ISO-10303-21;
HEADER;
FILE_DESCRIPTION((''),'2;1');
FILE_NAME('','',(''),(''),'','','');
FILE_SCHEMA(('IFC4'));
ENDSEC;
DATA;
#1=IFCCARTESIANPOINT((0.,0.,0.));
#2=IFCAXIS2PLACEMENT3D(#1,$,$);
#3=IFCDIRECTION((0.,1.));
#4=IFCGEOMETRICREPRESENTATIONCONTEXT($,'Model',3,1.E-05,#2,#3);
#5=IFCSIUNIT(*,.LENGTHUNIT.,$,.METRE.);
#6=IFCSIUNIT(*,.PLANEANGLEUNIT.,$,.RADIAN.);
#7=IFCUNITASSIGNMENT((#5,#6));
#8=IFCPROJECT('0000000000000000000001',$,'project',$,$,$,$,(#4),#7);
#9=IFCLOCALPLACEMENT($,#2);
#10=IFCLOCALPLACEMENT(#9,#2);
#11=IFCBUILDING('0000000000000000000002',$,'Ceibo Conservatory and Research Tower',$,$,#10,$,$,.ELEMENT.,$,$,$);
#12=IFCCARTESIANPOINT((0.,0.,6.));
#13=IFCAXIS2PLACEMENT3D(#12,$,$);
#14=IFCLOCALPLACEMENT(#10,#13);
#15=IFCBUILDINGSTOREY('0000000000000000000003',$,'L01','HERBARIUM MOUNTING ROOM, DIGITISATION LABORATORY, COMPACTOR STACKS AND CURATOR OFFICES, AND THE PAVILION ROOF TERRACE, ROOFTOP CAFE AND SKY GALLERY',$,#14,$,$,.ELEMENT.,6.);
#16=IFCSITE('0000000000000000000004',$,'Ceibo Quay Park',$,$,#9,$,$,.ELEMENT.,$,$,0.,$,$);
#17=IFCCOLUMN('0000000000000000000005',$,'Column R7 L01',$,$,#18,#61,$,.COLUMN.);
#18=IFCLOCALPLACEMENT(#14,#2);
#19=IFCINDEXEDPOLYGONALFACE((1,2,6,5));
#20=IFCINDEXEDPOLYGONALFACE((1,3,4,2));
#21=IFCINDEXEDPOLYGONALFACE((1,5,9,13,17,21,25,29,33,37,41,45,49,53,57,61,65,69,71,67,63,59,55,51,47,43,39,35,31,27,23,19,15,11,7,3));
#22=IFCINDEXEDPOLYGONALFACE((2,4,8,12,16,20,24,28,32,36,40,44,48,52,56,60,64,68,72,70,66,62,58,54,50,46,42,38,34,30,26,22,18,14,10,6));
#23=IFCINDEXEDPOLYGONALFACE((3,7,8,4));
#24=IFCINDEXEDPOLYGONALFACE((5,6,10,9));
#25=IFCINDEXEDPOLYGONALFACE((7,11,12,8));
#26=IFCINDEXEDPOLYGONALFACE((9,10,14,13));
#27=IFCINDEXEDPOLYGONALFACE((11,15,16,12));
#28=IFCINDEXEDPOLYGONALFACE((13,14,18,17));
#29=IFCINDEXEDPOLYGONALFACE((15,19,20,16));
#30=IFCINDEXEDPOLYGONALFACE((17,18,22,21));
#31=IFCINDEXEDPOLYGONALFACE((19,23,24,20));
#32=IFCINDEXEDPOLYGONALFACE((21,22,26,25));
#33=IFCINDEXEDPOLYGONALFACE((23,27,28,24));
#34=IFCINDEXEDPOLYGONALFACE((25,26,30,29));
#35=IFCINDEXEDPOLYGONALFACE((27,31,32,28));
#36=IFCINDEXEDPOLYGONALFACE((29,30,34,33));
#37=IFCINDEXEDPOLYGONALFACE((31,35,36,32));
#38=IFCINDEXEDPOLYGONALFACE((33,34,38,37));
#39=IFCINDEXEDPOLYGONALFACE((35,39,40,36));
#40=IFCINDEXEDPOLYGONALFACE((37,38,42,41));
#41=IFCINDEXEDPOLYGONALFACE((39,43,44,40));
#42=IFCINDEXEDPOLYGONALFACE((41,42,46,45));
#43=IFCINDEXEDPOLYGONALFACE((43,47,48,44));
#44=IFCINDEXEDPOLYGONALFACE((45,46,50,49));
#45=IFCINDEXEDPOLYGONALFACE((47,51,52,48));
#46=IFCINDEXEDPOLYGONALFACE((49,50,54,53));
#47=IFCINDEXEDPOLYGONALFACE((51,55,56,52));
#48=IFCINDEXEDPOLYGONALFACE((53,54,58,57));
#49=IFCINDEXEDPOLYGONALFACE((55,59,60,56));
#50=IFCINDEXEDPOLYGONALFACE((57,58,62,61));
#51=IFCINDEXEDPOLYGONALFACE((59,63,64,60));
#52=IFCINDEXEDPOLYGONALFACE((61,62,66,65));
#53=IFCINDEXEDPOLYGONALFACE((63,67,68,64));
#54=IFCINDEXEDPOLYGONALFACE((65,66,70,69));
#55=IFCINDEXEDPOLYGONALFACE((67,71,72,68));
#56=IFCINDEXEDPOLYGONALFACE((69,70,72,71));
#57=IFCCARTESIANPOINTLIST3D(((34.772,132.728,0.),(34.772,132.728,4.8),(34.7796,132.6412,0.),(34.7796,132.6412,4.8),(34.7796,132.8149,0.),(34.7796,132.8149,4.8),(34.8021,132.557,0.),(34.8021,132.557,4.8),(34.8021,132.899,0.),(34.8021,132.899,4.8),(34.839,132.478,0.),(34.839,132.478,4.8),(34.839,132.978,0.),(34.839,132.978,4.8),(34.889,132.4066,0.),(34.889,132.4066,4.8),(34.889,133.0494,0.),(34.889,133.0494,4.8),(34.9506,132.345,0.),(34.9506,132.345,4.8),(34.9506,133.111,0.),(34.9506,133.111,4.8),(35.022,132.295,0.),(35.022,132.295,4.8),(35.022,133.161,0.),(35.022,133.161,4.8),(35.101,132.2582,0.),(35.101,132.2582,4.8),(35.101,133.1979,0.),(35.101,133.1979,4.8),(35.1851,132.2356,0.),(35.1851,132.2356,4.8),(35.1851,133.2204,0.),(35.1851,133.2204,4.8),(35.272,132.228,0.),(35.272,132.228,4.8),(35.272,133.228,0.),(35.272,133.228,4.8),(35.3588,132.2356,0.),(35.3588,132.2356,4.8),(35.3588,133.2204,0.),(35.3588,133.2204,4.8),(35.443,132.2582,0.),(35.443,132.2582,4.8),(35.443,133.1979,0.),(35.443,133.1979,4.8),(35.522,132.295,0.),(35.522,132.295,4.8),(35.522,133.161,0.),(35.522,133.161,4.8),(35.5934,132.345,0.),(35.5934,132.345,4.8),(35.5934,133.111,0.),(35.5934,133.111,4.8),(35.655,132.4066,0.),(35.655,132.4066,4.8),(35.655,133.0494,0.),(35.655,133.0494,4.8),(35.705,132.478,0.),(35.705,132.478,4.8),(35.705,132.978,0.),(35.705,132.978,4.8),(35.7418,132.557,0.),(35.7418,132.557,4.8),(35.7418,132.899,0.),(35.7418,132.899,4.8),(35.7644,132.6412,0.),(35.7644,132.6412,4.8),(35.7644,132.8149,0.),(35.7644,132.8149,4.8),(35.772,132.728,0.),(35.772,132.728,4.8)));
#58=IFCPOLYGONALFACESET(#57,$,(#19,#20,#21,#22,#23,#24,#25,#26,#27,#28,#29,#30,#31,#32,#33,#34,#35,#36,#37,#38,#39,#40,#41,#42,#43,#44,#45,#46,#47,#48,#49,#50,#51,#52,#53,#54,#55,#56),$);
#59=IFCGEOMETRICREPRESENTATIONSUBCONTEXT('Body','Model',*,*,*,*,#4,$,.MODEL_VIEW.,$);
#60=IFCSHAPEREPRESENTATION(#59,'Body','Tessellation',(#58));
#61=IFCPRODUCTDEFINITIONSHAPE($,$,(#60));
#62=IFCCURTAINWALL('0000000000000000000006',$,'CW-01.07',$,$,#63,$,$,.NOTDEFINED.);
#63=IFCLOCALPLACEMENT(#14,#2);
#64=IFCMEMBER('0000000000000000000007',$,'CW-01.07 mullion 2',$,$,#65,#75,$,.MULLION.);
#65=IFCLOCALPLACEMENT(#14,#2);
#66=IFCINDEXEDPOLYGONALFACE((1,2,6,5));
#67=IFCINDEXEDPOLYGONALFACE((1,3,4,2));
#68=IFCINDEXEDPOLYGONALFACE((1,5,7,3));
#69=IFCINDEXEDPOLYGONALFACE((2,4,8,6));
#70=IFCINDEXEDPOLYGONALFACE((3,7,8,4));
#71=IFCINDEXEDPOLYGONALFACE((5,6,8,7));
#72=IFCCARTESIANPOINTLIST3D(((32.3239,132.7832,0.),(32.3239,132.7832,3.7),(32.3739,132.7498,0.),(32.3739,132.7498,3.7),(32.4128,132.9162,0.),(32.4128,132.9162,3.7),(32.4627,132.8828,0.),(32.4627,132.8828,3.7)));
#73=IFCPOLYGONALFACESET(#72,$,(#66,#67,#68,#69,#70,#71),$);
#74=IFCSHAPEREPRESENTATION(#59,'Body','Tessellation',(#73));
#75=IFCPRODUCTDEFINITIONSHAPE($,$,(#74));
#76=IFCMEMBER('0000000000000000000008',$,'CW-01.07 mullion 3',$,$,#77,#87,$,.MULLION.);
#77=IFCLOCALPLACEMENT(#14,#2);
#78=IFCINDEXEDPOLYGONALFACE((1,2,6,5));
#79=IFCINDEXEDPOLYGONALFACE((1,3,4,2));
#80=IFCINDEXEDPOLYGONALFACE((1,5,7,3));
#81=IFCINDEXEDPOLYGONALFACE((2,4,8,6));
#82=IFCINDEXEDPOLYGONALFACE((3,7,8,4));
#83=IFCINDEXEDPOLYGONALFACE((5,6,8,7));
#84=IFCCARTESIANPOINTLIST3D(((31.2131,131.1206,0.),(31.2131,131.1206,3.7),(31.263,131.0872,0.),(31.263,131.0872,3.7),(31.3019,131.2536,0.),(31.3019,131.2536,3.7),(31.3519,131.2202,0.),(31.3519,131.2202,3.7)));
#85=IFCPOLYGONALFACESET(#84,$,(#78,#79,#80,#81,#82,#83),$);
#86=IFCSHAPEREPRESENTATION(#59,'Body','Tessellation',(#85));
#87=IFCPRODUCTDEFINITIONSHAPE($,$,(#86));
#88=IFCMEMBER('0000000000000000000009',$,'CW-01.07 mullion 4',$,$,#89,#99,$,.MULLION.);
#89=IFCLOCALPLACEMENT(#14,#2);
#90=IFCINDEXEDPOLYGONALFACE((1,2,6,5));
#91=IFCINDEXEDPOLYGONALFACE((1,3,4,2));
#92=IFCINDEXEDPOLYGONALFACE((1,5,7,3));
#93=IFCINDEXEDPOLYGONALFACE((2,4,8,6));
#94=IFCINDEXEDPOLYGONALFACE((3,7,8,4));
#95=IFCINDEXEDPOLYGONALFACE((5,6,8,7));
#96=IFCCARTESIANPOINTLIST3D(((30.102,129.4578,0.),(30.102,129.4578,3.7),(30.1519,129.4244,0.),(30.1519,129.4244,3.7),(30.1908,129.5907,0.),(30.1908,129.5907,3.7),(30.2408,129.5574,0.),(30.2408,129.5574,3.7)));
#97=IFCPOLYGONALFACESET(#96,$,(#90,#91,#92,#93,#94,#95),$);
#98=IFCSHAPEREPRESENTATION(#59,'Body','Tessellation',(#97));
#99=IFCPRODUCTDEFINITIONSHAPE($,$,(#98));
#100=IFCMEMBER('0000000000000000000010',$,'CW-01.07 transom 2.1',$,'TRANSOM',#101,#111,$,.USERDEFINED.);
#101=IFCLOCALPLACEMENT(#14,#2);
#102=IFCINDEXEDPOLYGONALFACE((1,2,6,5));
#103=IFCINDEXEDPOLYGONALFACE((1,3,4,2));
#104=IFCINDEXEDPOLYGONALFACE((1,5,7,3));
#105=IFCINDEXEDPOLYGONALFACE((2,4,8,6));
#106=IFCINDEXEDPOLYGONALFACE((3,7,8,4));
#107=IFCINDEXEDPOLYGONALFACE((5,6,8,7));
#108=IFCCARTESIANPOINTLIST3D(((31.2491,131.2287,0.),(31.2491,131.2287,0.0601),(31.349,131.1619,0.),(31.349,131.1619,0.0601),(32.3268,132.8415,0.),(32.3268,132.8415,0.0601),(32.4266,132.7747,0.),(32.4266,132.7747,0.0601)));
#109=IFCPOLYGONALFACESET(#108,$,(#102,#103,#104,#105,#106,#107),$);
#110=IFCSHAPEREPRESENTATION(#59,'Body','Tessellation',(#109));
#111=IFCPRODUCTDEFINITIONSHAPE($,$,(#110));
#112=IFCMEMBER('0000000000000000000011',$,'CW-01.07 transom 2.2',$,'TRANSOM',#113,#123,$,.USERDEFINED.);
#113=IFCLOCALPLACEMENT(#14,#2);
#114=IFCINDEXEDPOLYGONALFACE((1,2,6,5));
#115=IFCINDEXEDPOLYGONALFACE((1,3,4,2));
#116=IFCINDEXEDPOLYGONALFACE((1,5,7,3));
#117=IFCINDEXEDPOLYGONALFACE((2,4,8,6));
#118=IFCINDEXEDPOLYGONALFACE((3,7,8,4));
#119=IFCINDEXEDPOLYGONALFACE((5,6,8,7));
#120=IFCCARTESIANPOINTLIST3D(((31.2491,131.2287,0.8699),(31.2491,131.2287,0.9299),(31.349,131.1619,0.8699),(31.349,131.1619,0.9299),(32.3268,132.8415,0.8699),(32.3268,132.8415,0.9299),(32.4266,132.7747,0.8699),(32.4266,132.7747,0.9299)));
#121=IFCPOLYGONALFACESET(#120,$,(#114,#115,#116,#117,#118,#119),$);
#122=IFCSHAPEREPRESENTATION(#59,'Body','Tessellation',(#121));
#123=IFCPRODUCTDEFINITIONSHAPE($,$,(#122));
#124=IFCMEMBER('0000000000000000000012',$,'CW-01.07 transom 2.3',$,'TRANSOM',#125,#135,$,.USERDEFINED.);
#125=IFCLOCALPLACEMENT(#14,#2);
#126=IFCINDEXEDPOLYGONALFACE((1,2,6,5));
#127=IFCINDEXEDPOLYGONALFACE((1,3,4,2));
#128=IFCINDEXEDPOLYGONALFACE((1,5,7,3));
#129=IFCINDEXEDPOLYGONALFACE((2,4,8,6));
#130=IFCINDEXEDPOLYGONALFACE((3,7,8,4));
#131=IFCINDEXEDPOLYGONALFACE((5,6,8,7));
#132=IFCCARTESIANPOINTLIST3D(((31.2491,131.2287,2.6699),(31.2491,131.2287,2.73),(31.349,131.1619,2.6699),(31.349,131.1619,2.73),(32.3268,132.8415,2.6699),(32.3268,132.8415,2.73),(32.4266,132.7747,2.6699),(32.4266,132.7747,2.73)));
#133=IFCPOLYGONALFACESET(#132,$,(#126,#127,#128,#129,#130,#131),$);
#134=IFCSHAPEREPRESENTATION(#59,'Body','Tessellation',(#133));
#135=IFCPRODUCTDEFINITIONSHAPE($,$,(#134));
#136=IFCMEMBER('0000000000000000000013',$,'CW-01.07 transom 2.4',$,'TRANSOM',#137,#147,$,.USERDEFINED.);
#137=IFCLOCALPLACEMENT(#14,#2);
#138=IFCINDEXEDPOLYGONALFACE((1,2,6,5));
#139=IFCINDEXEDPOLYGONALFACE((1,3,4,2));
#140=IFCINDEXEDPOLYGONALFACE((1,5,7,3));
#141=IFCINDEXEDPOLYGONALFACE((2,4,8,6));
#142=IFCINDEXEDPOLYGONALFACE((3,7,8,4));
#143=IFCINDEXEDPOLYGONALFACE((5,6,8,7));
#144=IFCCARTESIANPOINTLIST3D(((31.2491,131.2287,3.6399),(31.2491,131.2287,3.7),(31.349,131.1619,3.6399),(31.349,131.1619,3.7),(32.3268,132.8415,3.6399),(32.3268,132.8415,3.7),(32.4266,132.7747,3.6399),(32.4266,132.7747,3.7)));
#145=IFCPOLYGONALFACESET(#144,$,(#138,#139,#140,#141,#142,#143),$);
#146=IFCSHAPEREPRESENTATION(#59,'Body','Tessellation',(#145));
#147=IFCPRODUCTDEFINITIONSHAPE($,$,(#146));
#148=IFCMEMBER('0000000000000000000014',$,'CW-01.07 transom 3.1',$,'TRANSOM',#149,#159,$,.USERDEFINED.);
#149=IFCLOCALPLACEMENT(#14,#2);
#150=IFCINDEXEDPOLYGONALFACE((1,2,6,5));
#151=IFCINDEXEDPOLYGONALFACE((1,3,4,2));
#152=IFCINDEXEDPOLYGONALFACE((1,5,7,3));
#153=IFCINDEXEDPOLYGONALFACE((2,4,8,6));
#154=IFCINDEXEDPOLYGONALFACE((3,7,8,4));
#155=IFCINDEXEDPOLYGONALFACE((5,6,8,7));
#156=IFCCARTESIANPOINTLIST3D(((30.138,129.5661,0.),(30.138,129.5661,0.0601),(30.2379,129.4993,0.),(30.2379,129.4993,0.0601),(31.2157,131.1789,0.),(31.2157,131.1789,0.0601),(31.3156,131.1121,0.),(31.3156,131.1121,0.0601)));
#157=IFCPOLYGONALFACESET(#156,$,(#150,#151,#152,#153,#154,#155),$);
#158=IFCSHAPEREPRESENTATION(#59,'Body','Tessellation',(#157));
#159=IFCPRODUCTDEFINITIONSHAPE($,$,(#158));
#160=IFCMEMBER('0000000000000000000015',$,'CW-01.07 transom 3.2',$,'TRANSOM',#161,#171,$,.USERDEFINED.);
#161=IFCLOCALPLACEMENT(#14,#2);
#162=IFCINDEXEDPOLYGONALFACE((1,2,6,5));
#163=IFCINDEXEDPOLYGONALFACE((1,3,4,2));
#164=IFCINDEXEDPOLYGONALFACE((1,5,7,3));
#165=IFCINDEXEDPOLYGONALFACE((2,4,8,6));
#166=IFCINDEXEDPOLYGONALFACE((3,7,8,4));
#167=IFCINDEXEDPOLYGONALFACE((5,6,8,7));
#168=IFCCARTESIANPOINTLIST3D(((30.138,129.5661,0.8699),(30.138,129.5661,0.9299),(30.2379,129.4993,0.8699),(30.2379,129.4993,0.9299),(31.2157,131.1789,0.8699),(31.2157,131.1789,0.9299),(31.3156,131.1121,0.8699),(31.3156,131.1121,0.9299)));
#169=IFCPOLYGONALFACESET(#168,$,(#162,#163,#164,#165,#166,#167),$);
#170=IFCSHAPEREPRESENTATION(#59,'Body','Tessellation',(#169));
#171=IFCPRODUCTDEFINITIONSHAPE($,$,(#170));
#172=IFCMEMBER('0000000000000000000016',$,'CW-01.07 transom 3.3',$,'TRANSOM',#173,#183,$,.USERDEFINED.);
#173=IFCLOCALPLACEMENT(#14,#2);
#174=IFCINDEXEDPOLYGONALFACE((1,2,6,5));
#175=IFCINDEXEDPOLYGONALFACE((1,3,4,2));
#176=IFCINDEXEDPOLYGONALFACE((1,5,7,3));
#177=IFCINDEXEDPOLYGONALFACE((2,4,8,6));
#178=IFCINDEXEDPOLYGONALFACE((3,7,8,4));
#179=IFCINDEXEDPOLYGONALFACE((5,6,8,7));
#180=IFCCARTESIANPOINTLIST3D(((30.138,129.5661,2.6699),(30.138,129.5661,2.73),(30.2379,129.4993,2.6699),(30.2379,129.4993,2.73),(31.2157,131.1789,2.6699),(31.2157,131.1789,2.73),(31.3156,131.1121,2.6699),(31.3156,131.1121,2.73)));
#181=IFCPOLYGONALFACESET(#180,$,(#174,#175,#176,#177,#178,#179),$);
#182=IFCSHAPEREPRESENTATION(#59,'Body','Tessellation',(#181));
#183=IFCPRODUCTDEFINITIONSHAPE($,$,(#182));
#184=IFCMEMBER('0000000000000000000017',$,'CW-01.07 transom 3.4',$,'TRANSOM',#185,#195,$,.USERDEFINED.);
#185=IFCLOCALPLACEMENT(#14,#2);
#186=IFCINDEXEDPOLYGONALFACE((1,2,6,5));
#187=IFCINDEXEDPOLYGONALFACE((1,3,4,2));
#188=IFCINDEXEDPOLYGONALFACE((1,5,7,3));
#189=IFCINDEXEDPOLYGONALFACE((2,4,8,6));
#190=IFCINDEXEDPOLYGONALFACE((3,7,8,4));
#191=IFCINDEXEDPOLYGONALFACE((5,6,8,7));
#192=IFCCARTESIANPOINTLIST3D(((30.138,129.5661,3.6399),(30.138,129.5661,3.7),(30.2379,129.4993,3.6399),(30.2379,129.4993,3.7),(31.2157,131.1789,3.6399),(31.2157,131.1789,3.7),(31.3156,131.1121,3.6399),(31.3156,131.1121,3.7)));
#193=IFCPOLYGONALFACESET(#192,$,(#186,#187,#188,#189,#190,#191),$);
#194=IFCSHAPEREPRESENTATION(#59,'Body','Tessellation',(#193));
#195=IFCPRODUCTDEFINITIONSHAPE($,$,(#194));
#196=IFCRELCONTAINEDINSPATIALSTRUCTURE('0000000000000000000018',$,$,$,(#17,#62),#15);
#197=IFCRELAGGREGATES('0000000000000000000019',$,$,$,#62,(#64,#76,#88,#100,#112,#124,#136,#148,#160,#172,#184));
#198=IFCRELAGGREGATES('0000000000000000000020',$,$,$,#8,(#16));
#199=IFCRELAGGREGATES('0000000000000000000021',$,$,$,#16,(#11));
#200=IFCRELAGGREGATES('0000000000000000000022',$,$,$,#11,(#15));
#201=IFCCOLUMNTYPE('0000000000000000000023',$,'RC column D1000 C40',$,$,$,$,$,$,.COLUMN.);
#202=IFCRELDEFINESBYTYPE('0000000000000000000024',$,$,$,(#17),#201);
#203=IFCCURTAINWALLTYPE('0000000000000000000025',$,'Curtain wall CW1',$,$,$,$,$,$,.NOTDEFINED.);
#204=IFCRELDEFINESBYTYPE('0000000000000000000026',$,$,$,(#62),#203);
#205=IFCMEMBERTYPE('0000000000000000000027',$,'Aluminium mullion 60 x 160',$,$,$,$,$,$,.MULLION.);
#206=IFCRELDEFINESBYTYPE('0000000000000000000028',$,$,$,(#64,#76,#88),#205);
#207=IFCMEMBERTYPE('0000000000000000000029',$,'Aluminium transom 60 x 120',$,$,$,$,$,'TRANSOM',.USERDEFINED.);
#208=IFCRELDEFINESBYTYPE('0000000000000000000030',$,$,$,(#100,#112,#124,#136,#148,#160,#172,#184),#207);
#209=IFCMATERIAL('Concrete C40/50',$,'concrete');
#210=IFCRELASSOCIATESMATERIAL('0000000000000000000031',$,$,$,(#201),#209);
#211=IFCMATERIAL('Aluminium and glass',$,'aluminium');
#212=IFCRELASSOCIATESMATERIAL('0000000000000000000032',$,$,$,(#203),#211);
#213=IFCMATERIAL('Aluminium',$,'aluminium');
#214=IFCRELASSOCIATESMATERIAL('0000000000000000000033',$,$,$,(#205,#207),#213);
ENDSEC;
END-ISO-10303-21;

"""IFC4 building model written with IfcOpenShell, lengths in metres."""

from ifc_helpers import new_model, si_unit, direction, frame, origin, origin_2d, place, context, subcontext, project, spatial, rectangle, circle, extrude, material, material_profile, profile_set, type_object, element, aggregate, save


model = new_model("IFC4")

# Units and contexts
model_context = context("Model", 3, precision=1e-05, world=origin(), true_north=direction((0.0, 1.0)))
body_context = subcontext(model_context, "Body", "Model", "MODEL_VIEW")
ifc_project = project(units=[si_unit("LENGTHUNIT", "METRE"), si_unit("PLANEANGLEUNIT", "RADIAN")], contexts=[model_context])

# Site, building, storey
site_placement = place(None, origin())
site = spatial("IfcSite", under=ifc_project, at=site_placement, Name="Ceibo Quay Park", CompositionType="ELEMENT", RefElevation=0.0)
building_placement = place(site_placement, origin())
building = spatial("IfcBuilding", under=site, at=building_placement, Name="Ceibo Conservatory and Research Tower", CompositionType="ELEMENT")
storey_placement = place(building_placement, frame((0.0, 0.0, 6.0)))
storey = spatial("IfcBuildingStorey", under=building, at=storey_placement, Name="L01", Description="HERBARIUM MOUNTING ROOM, DIGITISATION LABORATORY, COMPACTOR STACKS AND CURATOR OFFICES, AND THE PAVILION ROOF TERRACE, ROOFTOP CAFE AND SKY GALLERY", CompositionType="ELEMENT", Elevation=6.0)

# Column
ifc_material_1 = material(Name="Concrete C40/50", Category="concrete")
ifc_material_profile_1 = material_profile(ifc_material_1, circle(Radius=0.5, at=origin_2d()), Name="RC D1000")
ifc_profile_set_1 = profile_set([ifc_material_profile_1], Name="Concrete C40/50")
column_type = type_object("IfcColumnType", Name="RC column D1000 C40", PredefinedType="COLUMN", material=ifc_profile_set_1)
column_placement = place(storey_placement, frame((35.272, 132.728, 0.0), z_axis=(0.0, 0.0, 1.0), x_axis=(1.0, 0.0, 0.0)))
element("IfcColumn", 1, at=column_placement, inside=storey, type_object=column_type, Name="Column R7 L01", PredefinedType="COLUMN", context=body_context, shape_type="SweptSolid", body=[
    extrude(circle(Radius=0.5, at=origin_2d()), origin(), (0.0, 0.0, 1.0), 4.8),
])

# Curtain wall, members
ifc_material_2 = material(Name="Aluminium and glass", Category="aluminium")
curtain_wall_type = type_object("IfcCurtainWallType", Name="Curtain wall CW1", PredefinedType="NOTDEFINED", material=ifc_material_2)
curtain_wall_placement = place(storey_placement, origin())
curtain_wall = element("IfcCurtainWall", 2, at=curtain_wall_placement, inside=storey, type_object=curtain_wall_type, Name="CW-01.07", PredefinedType="NOTDEFINED")
ifc_material_3 = material(Name="Aluminium", Category="aluminium")
ifc_material_profile_2 = material_profile(ifc_material_3, rectangle(XDim=0.0601, YDim=0.1599, at=origin_2d()), Name="Aluminium 60 x 160")
ifc_profile_set_2 = profile_set([ifc_material_profile_2], Name="Aluminium")
member_type_1 = type_object("IfcMemberType", Name="Aluminium mullion 60 x 160", PredefinedType="MULLION", material=ifc_profile_set_2)
member_1_placement = place(storey_placement, frame((32.3933, 132.833, 0.0), z_axis=(0.0, 0.0, 1.0), x_axis=(0.83147, -0.55557, 0.0)))
member_1 = element("IfcMember", 3, at=member_1_placement, type_object=member_type_1, Name="CW-01.07 mullion 2", PredefinedType="MULLION", context=body_context, shape_type="SweptSolid", body=[
    extrude(rectangle(XDim=0.0601, YDim=0.1599, at=origin_2d()), origin(), (0.0, 0.0, 1.0), 3.7),
])
member_2_placement = place(storey_placement, frame((31.2825, 131.1704, 0.0), z_axis=(0.0, 0.0, 1.0), x_axis=(0.83147, -0.55557, 0.0)))
member_2 = element("IfcMember", 4, at=member_2_placement, type_object=member_type_1, Name="CW-01.07 mullion 3", PredefinedType="MULLION", context=body_context, shape_type="SweptSolid", body=[
    extrude(rectangle(XDim=0.0601, YDim=0.1599, at=origin_2d()), origin(), (0.0, 0.0, 1.0), 3.7),
])
member_3_placement = place(storey_placement, frame((30.1714, 129.5076, 0.0), z_axis=(0.0, 0.0, 1.0), x_axis=(0.83147, -0.55557, 0.0)))
member_3 = element("IfcMember", 5, at=member_3_placement, type_object=member_type_1, Name="CW-01.07 mullion 4", PredefinedType="MULLION", context=body_context, shape_type="SweptSolid", body=[
    extrude(rectangle(XDim=0.0601, YDim=0.1599, at=origin_2d()), origin(), (0.0, 0.0, 1.0), 3.7),
])
ifc_material_profile_3 = material_profile(ifc_material_3, rectangle(XDim=0.1201, YDim=0.0601, at=origin_2d()), Name="Aluminium 60 x 120")
ifc_profile_set_3 = profile_set([ifc_material_profile_3], Name="Aluminium")
member_type_2 = type_object("IfcMemberType", Name="Aluminium transom 60 x 120", ElementType="TRANSOM", PredefinedType="USERDEFINED", material=ifc_profile_set_3)
member_4_placement = place(storey_placement, frame((32.3767, 132.8081, 0.03), z_axis=(-0.555571, -0.831469, 0.0), x_axis=(0.831469, -0.555571, 0.0)))
member_4 = element("IfcMember", 6, at=member_4_placement, type_object=member_type_2, Name="CW-01.07 transom 2.1", ObjectType="TRANSOM", PredefinedType="USERDEFINED", context=body_context, shape_type="SweptSolid", body=[
    extrude(rectangle(XDim=0.1201, YDim=0.0601, at=origin_2d()), origin(), (0.0, 0.0, 1.0), 1.9397),
])
member_5_placement = place(storey_placement, frame((32.3767, 132.8081, 0.8999), z_axis=(-0.555571, -0.831469, 0.0), x_axis=(0.831469, -0.555571, 0.0)))
member_5 = element("IfcMember", 7, at=member_5_placement, type_object=member_type_2, Name="CW-01.07 transom 2.2", ObjectType="TRANSOM", PredefinedType="USERDEFINED", context=body_context, shape_type="SweptSolid", body=[
    extrude(rectangle(XDim=0.1201, YDim=0.0601, at=origin_2d()), origin(), (0.0, 0.0, 1.0), 1.9397),
])
member_6_placement = place(storey_placement, frame((32.3767, 132.8081, 2.7), z_axis=(-0.555571, -0.831469, 0.0), x_axis=(0.831469, -0.555571, 0.0)))
member_6 = element("IfcMember", 8, at=member_6_placement, type_object=member_type_2, Name="CW-01.07 transom 2.3", ObjectType="TRANSOM", PredefinedType="USERDEFINED", context=body_context, shape_type="SweptSolid", body=[
    extrude(rectangle(XDim=0.1201, YDim=0.0601, at=origin_2d()), origin(), (0.0, 0.0, 1.0), 1.9397),
])
member_7_placement = place(storey_placement, frame((32.3767, 132.8081, 3.6699), z_axis=(-0.555571, -0.831469, 0.0), x_axis=(0.831469, -0.555571, 0.0)))
member_7 = element("IfcMember", 9, at=member_7_placement, type_object=member_type_2, Name="CW-01.07 transom 2.4", ObjectType="TRANSOM", PredefinedType="USERDEFINED", context=body_context, shape_type="SweptSolid", body=[
    extrude(rectangle(XDim=0.1201, YDim=0.0601, at=origin_2d()), origin(), (0.0, 0.0, 1.0), 1.9397),
])
member_8_placement = place(storey_placement, frame((31.2656, 131.1455, 0.03), z_axis=(-0.555571, -0.831469, 0.0), x_axis=(0.831469, -0.555571, 0.0)))
member_8 = element("IfcMember", 10, at=member_8_placement, type_object=member_type_2, Name="CW-01.07 transom 3.1", ObjectType="TRANSOM", PredefinedType="USERDEFINED", context=body_context, shape_type="SweptSolid", body=[
    extrude(rectangle(XDim=0.1201, YDim=0.0601, at=origin_2d()), origin(), (0.0, 0.0, 1.0), 1.9397),
])
member_9_placement = place(storey_placement, frame((31.2656, 131.1455, 0.8999), z_axis=(-0.555571, -0.831469, 0.0), x_axis=(0.831469, -0.555571, 0.0)))
member_9 = element("IfcMember", 11, at=member_9_placement, type_object=member_type_2, Name="CW-01.07 transom 3.2", ObjectType="TRANSOM", PredefinedType="USERDEFINED", context=body_context, shape_type="SweptSolid", body=[
    extrude(rectangle(XDim=0.1201, YDim=0.0601, at=origin_2d()), origin(), (0.0, 0.0, 1.0), 1.9397),
])
member_10_placement = place(storey_placement, frame((31.2656, 131.1455, 2.7), z_axis=(-0.555571, -0.831469, 0.0), x_axis=(0.831469, -0.555571, 0.0)))
member_10 = element("IfcMember", 12, at=member_10_placement, type_object=member_type_2, Name="CW-01.07 transom 3.3", ObjectType="TRANSOM", PredefinedType="USERDEFINED", context=body_context, shape_type="SweptSolid", body=[
    extrude(rectangle(XDim=0.1201, YDim=0.0601, at=origin_2d()), origin(), (0.0, 0.0, 1.0), 1.9397),
])
member_11_placement = place(storey_placement, frame((31.2656, 131.1455, 3.6699), z_axis=(-0.555571, -0.831469, 0.0), x_axis=(0.831469, -0.555571, 0.0)))
member_11 = element("IfcMember", 13, at=member_11_placement, type_object=member_type_2, Name="CW-01.07 transom 3.4", ObjectType="TRANSOM", PredefinedType="USERDEFINED", context=body_context, shape_type="SweptSolid", body=[
    extrude(rectangle(XDim=0.1201, YDim=0.0601, at=origin_2d()), origin(), (0.0, 0.0, 1.0), 1.9397),
])

aggregate(curtain_wall, [member_1, member_2, member_3, member_4, member_5, member_6, member_7, member_8, member_9, member_10, member_11])

save(model, "model.ifc")
